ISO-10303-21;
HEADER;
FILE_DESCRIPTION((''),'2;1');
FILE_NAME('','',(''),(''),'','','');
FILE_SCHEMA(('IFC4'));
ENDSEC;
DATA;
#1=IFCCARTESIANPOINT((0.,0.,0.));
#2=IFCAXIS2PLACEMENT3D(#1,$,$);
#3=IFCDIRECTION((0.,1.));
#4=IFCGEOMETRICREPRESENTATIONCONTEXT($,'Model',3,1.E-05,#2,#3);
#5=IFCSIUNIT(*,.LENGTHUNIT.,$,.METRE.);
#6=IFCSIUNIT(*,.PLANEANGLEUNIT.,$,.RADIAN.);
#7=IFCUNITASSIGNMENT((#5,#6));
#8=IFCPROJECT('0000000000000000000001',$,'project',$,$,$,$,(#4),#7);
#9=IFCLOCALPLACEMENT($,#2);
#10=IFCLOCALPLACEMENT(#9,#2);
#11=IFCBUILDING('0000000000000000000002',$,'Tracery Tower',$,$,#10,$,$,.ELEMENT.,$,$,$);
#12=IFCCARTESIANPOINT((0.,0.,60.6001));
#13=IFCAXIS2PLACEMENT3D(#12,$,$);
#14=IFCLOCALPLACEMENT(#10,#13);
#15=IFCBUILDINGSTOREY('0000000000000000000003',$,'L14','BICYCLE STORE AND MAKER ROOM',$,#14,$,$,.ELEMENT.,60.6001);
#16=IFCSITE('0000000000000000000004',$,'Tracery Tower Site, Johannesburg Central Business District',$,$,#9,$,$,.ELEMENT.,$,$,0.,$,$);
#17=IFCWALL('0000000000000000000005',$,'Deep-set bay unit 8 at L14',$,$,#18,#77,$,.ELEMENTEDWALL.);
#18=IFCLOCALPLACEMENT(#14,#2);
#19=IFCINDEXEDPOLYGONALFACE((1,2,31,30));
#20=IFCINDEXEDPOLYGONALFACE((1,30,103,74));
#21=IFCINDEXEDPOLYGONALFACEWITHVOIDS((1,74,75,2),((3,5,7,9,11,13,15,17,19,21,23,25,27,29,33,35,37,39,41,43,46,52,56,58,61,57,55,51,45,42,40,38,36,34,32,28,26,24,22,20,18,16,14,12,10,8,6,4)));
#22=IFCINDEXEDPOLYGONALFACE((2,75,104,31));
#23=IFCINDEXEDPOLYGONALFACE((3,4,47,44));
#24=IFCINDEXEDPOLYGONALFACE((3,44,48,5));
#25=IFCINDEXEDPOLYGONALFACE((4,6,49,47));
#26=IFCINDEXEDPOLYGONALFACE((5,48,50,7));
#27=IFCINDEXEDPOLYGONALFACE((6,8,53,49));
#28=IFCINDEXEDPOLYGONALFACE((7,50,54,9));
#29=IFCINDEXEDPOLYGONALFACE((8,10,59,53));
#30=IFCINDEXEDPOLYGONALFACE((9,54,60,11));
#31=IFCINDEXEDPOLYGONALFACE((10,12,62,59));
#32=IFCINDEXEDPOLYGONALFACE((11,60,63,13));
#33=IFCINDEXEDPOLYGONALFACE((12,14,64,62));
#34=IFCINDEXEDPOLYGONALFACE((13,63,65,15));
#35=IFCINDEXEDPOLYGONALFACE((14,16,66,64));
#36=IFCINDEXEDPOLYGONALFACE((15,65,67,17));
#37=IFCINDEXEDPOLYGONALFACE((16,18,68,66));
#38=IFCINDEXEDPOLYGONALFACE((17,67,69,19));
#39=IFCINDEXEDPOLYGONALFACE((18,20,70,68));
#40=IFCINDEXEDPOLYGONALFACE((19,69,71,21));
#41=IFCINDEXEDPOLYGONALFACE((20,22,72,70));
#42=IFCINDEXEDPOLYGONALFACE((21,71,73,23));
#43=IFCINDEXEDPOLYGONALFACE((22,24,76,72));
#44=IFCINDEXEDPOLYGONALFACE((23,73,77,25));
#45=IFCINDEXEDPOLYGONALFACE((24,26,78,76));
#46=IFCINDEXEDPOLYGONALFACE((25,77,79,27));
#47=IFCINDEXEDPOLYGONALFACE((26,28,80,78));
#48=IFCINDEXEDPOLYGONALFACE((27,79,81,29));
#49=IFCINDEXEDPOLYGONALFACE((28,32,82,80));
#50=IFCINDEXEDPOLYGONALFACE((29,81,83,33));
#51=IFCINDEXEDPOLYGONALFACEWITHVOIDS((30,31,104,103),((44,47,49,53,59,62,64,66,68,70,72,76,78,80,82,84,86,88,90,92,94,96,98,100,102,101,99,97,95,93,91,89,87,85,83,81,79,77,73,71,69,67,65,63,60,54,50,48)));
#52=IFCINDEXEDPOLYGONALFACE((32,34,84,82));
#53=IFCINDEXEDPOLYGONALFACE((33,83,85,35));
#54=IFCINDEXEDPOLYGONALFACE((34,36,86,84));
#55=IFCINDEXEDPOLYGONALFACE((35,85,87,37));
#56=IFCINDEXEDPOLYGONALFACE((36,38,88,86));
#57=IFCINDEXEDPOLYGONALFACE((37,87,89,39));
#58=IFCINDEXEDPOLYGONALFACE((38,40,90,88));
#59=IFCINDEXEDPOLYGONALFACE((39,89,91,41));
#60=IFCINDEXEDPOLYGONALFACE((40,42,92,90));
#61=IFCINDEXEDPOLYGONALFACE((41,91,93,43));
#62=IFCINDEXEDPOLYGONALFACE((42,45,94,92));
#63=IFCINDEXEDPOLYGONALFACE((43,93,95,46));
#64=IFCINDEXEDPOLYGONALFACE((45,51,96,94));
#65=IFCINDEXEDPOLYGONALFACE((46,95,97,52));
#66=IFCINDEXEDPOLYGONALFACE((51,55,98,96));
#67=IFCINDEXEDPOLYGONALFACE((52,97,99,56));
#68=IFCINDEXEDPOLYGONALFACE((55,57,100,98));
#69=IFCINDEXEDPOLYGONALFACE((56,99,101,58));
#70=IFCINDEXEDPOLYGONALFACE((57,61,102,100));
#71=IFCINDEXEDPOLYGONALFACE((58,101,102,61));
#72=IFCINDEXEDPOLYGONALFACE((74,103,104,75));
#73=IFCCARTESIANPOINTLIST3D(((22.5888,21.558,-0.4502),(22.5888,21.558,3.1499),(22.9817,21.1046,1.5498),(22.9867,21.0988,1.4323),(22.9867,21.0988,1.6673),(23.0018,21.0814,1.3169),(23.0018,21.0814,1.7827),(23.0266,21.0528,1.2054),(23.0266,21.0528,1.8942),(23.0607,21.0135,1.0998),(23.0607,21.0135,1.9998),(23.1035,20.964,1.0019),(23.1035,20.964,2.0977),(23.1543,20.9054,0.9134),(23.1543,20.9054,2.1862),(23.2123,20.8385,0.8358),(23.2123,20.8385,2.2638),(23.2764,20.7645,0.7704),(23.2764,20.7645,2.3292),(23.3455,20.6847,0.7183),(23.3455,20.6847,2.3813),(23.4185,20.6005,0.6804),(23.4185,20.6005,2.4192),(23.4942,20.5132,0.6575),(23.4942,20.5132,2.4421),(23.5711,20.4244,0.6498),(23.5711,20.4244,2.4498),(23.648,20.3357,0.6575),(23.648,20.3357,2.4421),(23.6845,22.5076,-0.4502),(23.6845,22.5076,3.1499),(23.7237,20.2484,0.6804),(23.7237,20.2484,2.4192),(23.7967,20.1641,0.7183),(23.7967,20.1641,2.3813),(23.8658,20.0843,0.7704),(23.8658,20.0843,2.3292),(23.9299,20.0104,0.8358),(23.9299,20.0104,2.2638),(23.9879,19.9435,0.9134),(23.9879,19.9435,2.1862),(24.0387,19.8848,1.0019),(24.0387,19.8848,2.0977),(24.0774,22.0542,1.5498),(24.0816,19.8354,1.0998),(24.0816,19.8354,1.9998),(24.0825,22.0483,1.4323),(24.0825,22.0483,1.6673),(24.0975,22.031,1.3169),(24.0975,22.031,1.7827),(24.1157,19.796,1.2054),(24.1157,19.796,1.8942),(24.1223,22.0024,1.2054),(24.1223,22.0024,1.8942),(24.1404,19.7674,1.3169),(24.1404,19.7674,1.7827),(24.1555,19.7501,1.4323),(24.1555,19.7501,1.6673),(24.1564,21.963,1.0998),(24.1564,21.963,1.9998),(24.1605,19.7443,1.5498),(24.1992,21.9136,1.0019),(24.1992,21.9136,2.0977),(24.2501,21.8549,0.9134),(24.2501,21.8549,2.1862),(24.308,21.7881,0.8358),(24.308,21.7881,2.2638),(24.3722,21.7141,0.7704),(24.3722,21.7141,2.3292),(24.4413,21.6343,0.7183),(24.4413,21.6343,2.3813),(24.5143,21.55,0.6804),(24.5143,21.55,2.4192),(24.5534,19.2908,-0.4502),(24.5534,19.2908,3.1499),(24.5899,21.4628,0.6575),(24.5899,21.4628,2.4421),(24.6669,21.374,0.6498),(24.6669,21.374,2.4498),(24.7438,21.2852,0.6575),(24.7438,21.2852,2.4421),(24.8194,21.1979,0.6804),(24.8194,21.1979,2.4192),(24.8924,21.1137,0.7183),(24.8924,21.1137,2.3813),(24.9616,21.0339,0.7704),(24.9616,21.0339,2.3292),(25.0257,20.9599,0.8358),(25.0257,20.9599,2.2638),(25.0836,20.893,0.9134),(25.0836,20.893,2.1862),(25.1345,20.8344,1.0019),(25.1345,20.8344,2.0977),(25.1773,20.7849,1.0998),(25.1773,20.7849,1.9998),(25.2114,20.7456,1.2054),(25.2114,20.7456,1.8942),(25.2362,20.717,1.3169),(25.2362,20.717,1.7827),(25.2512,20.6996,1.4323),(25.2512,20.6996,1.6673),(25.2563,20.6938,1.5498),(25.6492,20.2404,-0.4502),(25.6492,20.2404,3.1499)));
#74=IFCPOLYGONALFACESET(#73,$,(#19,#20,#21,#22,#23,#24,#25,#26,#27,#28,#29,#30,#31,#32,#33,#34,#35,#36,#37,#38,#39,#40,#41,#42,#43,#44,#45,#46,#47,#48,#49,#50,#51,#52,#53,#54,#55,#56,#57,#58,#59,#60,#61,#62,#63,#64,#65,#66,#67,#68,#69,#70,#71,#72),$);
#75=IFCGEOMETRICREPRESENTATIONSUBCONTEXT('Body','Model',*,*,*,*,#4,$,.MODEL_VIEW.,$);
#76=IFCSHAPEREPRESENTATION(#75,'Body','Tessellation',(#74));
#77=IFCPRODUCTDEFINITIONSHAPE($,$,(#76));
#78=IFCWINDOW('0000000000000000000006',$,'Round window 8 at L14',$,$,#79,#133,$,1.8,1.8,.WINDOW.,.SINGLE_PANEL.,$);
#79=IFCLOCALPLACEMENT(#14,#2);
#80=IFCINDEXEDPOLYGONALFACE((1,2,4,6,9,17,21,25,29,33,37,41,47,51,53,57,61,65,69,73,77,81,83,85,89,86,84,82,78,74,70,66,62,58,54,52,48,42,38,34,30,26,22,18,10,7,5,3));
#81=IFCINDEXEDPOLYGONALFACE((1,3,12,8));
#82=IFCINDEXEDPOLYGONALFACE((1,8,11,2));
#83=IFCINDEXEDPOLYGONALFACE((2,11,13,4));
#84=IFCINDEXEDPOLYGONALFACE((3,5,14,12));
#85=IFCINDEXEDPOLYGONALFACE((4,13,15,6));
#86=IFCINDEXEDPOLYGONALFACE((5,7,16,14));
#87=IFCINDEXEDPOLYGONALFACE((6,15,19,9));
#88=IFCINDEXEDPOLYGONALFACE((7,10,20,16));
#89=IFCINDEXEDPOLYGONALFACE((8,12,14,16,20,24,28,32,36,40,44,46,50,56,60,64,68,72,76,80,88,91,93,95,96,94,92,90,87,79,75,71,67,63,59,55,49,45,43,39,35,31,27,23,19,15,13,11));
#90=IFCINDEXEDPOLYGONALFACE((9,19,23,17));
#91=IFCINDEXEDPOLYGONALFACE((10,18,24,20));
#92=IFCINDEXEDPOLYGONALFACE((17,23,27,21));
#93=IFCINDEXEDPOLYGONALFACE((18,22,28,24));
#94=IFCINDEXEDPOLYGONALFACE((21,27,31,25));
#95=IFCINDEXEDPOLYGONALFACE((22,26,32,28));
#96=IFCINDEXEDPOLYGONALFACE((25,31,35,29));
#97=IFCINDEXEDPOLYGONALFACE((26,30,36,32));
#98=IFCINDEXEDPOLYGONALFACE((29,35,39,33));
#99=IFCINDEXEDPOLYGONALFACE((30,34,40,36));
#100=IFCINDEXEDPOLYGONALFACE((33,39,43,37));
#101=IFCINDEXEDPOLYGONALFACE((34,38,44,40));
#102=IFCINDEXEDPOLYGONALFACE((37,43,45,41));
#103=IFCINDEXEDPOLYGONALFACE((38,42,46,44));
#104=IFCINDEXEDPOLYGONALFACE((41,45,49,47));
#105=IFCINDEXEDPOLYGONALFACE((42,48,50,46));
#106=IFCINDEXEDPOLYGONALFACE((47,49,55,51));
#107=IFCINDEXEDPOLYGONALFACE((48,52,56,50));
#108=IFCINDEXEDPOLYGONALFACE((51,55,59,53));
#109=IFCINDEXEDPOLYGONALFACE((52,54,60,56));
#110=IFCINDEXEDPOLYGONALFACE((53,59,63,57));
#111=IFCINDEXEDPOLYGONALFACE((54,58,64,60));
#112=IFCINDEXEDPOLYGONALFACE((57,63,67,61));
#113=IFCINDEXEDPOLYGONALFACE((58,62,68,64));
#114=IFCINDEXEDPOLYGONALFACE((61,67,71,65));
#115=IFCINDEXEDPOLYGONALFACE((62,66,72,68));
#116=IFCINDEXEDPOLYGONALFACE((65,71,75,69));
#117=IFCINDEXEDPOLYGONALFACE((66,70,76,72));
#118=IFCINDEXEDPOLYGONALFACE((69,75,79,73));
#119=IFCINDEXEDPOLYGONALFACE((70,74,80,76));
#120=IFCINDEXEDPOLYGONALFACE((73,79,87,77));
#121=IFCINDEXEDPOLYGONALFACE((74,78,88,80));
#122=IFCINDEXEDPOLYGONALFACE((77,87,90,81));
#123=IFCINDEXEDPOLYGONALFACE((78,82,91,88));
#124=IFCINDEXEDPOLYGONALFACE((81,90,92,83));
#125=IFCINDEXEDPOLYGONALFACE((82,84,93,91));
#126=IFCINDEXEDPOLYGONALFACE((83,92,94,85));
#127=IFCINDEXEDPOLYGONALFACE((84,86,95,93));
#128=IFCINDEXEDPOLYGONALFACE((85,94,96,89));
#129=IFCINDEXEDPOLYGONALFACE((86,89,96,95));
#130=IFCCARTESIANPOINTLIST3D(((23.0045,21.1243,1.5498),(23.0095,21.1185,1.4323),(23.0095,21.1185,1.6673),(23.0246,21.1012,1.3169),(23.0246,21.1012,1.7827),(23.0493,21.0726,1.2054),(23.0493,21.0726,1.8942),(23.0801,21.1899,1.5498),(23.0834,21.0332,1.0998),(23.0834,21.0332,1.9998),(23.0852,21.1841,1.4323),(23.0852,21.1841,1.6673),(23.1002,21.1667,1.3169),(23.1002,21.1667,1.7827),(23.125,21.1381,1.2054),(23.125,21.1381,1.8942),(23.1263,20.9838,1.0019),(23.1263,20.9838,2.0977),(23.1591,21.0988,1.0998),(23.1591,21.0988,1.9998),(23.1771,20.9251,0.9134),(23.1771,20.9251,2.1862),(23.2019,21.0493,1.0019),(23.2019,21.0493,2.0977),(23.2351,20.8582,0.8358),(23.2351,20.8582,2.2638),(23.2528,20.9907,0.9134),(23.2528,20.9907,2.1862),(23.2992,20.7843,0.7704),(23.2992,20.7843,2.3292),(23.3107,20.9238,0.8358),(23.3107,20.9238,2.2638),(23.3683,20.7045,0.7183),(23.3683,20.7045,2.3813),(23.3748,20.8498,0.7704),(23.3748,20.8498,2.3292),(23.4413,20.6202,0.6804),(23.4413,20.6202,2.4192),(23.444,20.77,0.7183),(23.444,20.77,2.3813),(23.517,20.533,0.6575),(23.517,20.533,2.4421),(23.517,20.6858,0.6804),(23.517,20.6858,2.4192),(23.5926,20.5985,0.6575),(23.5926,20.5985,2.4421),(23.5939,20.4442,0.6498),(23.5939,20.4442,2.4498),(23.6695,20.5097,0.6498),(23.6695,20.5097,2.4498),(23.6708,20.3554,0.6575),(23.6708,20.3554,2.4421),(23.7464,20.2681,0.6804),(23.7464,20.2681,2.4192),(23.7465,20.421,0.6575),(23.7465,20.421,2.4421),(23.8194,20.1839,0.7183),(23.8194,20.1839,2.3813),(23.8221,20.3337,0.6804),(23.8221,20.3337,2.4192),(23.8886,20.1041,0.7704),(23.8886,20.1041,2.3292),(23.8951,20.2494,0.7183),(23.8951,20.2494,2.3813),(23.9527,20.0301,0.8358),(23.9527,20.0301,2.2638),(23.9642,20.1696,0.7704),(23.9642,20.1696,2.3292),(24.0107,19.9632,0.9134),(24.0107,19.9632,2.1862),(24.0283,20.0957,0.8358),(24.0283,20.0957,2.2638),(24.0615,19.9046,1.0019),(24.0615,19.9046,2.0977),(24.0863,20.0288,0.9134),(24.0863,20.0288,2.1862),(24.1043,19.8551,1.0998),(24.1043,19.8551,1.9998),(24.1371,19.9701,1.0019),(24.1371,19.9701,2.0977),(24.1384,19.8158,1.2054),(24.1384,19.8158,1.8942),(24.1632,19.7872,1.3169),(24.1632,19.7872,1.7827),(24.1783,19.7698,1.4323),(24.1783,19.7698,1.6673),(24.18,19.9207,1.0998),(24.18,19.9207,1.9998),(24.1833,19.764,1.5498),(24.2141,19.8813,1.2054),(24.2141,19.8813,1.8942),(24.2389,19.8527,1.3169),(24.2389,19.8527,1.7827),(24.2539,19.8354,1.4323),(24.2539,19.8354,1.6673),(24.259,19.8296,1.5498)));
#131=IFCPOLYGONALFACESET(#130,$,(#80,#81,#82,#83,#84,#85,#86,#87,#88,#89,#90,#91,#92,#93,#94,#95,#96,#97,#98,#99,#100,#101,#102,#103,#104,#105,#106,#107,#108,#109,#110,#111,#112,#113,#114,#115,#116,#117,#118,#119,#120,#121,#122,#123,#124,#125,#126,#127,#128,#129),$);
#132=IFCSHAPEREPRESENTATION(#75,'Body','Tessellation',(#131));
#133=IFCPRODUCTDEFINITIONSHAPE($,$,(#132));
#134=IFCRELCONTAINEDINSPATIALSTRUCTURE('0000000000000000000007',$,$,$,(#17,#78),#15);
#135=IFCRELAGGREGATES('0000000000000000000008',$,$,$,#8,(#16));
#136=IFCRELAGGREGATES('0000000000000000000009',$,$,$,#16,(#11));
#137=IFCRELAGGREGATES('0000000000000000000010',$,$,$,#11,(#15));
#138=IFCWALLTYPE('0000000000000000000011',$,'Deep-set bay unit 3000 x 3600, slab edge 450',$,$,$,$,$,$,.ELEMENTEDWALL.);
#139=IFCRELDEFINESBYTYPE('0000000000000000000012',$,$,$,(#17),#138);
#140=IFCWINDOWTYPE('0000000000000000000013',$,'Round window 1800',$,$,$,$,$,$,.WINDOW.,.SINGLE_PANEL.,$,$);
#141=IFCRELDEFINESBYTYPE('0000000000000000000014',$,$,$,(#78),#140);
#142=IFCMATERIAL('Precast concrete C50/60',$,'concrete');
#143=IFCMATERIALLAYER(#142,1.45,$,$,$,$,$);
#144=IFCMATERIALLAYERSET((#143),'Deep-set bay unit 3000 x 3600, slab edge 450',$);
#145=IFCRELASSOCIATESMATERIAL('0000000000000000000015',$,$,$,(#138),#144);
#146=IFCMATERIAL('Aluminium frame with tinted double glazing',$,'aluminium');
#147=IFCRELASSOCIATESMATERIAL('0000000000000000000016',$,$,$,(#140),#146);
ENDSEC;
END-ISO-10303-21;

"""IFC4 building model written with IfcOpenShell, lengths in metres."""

from ifc_helpers import new_model, si_unit, direction, frame, frame_2d, origin, origin_2d, place, context, subcontext, project, spatial, rectangle, circle, extrude, material, layer, layer_set, type_object, element, fill, save


model = new_model("IFC4")

# Units and contexts
model_context = context("Model", 3, precision=1e-05, world=origin(), true_north=direction((0.0, 1.0)))
body_context = subcontext(model_context, "Body", "Model", "MODEL_VIEW")
ifc_project = project(units=[si_unit("LENGTHUNIT", "METRE"), si_unit("PLANEANGLEUNIT", "RADIAN")], contexts=[model_context])

# Site, building, storey
site_placement = place(None, origin())
site = spatial("IfcSite", under=ifc_project, at=site_placement, Name="Tracery Tower Site, Johannesburg Central Business District", CompositionType="ELEMENT", RefElevation=0.0)
building_placement = place(site_placement, origin())
building = spatial("IfcBuilding", under=site, at=building_placement, Name="Tracery Tower", CompositionType="ELEMENT")
storey_placement = place(building_placement, frame((0.0, 0.0, 60.6001)))
storey = spatial("IfcBuildingStorey", under=building, at=storey_placement, Name="L14", Description="BICYCLE STORE AND MAKER ROOM", CompositionType="ELEMENT", Elevation=60.6001)

# Wall, opening, window
ifc_material_1 = material(Name="Precast concrete C50/60", Category="concrete")
ifc_layer_1 = layer(ifc_material_1, 1.45)
ifc_layer_set_1 = layer_set([ifc_layer_1], Name="Deep-set bay unit 3000 x 3600, slab edge 450")
wall_type_1 = type_object("IfcWallType", Name="Deep-set bay unit 3000 x 3600, slab edge 450", PredefinedType="ELEMENTEDWALL", material=ifc_layer_set_1)
wall_1_placement = place(storey_placement, frame((25.1013, 19.7656, -0.4502), z_axis=(0.0, 0.0, 1.0), x_axis=(-0.65489, 0.755724, 0.0)))
wall_1 = element("IfcWall", 1, at=wall_1_placement, inside=storey, type_object=wall_type_1, Name="Deep-set bay unit 8 at L14", PredefinedType="ELEMENTEDWALL", context=body_context, shape_type="SweptSolid", body=[
    extrude(rectangle(XDim=3.0, YDim=1.45, at=frame_2d((1.5, 0.0))), origin(), (0.0, 0.0, 1.0), 3.6001),
])
opening_1_placement = place(wall_1_placement, frame((1.5, 0.0, 2.0)))
opening_1 = element("IfcOpeningElement", 2, at=opening_1_placement, cuts=wall_1, PredefinedType="OPENING", context=body_context, shape_type="SweptSolid", body=[
    extrude(circle(Radius=0.9, at=origin_2d()), frame((0.0, 0.7349, 0.0), z_axis=(0.0, -1.0, 0.0), x_axis=(1.0, 0.0, 0.0)), (0.0, 0.0, 1.0), 1.47),
])
ifc_material_2 = material(Name="Aluminium frame with tinted double glazing", Category="aluminium")
window_type = type_object("IfcWindowType", Name="Round window 1800", PartitioningType="SINGLE_PANEL", PredefinedType="WINDOW", material=ifc_material_2)
window_1_placement = place(opening_1_placement, origin())
window_1 = element("IfcWindow", 3, at=window_1_placement, inside=storey, type_object=window_type, Name="Round window 8 at L14", OverallHeight=1.8, OverallWidth=1.8, PartitioningType="SINGLE_PANEL", PredefinedType="WINDOW", context=body_context, shape_type="SweptSolid", body=[
    extrude(circle(Radius=0.9, at=origin_2d()), frame((0.0, 0.6948, 0.0), z_axis=(0.0, -1.0, 0.0), x_axis=(1.0, 0.0, 0.0)), (0.0, 0.0, 1.0), 0.1001),
])
fill(opening_1, window_1)

save(model, "model.ifc")
